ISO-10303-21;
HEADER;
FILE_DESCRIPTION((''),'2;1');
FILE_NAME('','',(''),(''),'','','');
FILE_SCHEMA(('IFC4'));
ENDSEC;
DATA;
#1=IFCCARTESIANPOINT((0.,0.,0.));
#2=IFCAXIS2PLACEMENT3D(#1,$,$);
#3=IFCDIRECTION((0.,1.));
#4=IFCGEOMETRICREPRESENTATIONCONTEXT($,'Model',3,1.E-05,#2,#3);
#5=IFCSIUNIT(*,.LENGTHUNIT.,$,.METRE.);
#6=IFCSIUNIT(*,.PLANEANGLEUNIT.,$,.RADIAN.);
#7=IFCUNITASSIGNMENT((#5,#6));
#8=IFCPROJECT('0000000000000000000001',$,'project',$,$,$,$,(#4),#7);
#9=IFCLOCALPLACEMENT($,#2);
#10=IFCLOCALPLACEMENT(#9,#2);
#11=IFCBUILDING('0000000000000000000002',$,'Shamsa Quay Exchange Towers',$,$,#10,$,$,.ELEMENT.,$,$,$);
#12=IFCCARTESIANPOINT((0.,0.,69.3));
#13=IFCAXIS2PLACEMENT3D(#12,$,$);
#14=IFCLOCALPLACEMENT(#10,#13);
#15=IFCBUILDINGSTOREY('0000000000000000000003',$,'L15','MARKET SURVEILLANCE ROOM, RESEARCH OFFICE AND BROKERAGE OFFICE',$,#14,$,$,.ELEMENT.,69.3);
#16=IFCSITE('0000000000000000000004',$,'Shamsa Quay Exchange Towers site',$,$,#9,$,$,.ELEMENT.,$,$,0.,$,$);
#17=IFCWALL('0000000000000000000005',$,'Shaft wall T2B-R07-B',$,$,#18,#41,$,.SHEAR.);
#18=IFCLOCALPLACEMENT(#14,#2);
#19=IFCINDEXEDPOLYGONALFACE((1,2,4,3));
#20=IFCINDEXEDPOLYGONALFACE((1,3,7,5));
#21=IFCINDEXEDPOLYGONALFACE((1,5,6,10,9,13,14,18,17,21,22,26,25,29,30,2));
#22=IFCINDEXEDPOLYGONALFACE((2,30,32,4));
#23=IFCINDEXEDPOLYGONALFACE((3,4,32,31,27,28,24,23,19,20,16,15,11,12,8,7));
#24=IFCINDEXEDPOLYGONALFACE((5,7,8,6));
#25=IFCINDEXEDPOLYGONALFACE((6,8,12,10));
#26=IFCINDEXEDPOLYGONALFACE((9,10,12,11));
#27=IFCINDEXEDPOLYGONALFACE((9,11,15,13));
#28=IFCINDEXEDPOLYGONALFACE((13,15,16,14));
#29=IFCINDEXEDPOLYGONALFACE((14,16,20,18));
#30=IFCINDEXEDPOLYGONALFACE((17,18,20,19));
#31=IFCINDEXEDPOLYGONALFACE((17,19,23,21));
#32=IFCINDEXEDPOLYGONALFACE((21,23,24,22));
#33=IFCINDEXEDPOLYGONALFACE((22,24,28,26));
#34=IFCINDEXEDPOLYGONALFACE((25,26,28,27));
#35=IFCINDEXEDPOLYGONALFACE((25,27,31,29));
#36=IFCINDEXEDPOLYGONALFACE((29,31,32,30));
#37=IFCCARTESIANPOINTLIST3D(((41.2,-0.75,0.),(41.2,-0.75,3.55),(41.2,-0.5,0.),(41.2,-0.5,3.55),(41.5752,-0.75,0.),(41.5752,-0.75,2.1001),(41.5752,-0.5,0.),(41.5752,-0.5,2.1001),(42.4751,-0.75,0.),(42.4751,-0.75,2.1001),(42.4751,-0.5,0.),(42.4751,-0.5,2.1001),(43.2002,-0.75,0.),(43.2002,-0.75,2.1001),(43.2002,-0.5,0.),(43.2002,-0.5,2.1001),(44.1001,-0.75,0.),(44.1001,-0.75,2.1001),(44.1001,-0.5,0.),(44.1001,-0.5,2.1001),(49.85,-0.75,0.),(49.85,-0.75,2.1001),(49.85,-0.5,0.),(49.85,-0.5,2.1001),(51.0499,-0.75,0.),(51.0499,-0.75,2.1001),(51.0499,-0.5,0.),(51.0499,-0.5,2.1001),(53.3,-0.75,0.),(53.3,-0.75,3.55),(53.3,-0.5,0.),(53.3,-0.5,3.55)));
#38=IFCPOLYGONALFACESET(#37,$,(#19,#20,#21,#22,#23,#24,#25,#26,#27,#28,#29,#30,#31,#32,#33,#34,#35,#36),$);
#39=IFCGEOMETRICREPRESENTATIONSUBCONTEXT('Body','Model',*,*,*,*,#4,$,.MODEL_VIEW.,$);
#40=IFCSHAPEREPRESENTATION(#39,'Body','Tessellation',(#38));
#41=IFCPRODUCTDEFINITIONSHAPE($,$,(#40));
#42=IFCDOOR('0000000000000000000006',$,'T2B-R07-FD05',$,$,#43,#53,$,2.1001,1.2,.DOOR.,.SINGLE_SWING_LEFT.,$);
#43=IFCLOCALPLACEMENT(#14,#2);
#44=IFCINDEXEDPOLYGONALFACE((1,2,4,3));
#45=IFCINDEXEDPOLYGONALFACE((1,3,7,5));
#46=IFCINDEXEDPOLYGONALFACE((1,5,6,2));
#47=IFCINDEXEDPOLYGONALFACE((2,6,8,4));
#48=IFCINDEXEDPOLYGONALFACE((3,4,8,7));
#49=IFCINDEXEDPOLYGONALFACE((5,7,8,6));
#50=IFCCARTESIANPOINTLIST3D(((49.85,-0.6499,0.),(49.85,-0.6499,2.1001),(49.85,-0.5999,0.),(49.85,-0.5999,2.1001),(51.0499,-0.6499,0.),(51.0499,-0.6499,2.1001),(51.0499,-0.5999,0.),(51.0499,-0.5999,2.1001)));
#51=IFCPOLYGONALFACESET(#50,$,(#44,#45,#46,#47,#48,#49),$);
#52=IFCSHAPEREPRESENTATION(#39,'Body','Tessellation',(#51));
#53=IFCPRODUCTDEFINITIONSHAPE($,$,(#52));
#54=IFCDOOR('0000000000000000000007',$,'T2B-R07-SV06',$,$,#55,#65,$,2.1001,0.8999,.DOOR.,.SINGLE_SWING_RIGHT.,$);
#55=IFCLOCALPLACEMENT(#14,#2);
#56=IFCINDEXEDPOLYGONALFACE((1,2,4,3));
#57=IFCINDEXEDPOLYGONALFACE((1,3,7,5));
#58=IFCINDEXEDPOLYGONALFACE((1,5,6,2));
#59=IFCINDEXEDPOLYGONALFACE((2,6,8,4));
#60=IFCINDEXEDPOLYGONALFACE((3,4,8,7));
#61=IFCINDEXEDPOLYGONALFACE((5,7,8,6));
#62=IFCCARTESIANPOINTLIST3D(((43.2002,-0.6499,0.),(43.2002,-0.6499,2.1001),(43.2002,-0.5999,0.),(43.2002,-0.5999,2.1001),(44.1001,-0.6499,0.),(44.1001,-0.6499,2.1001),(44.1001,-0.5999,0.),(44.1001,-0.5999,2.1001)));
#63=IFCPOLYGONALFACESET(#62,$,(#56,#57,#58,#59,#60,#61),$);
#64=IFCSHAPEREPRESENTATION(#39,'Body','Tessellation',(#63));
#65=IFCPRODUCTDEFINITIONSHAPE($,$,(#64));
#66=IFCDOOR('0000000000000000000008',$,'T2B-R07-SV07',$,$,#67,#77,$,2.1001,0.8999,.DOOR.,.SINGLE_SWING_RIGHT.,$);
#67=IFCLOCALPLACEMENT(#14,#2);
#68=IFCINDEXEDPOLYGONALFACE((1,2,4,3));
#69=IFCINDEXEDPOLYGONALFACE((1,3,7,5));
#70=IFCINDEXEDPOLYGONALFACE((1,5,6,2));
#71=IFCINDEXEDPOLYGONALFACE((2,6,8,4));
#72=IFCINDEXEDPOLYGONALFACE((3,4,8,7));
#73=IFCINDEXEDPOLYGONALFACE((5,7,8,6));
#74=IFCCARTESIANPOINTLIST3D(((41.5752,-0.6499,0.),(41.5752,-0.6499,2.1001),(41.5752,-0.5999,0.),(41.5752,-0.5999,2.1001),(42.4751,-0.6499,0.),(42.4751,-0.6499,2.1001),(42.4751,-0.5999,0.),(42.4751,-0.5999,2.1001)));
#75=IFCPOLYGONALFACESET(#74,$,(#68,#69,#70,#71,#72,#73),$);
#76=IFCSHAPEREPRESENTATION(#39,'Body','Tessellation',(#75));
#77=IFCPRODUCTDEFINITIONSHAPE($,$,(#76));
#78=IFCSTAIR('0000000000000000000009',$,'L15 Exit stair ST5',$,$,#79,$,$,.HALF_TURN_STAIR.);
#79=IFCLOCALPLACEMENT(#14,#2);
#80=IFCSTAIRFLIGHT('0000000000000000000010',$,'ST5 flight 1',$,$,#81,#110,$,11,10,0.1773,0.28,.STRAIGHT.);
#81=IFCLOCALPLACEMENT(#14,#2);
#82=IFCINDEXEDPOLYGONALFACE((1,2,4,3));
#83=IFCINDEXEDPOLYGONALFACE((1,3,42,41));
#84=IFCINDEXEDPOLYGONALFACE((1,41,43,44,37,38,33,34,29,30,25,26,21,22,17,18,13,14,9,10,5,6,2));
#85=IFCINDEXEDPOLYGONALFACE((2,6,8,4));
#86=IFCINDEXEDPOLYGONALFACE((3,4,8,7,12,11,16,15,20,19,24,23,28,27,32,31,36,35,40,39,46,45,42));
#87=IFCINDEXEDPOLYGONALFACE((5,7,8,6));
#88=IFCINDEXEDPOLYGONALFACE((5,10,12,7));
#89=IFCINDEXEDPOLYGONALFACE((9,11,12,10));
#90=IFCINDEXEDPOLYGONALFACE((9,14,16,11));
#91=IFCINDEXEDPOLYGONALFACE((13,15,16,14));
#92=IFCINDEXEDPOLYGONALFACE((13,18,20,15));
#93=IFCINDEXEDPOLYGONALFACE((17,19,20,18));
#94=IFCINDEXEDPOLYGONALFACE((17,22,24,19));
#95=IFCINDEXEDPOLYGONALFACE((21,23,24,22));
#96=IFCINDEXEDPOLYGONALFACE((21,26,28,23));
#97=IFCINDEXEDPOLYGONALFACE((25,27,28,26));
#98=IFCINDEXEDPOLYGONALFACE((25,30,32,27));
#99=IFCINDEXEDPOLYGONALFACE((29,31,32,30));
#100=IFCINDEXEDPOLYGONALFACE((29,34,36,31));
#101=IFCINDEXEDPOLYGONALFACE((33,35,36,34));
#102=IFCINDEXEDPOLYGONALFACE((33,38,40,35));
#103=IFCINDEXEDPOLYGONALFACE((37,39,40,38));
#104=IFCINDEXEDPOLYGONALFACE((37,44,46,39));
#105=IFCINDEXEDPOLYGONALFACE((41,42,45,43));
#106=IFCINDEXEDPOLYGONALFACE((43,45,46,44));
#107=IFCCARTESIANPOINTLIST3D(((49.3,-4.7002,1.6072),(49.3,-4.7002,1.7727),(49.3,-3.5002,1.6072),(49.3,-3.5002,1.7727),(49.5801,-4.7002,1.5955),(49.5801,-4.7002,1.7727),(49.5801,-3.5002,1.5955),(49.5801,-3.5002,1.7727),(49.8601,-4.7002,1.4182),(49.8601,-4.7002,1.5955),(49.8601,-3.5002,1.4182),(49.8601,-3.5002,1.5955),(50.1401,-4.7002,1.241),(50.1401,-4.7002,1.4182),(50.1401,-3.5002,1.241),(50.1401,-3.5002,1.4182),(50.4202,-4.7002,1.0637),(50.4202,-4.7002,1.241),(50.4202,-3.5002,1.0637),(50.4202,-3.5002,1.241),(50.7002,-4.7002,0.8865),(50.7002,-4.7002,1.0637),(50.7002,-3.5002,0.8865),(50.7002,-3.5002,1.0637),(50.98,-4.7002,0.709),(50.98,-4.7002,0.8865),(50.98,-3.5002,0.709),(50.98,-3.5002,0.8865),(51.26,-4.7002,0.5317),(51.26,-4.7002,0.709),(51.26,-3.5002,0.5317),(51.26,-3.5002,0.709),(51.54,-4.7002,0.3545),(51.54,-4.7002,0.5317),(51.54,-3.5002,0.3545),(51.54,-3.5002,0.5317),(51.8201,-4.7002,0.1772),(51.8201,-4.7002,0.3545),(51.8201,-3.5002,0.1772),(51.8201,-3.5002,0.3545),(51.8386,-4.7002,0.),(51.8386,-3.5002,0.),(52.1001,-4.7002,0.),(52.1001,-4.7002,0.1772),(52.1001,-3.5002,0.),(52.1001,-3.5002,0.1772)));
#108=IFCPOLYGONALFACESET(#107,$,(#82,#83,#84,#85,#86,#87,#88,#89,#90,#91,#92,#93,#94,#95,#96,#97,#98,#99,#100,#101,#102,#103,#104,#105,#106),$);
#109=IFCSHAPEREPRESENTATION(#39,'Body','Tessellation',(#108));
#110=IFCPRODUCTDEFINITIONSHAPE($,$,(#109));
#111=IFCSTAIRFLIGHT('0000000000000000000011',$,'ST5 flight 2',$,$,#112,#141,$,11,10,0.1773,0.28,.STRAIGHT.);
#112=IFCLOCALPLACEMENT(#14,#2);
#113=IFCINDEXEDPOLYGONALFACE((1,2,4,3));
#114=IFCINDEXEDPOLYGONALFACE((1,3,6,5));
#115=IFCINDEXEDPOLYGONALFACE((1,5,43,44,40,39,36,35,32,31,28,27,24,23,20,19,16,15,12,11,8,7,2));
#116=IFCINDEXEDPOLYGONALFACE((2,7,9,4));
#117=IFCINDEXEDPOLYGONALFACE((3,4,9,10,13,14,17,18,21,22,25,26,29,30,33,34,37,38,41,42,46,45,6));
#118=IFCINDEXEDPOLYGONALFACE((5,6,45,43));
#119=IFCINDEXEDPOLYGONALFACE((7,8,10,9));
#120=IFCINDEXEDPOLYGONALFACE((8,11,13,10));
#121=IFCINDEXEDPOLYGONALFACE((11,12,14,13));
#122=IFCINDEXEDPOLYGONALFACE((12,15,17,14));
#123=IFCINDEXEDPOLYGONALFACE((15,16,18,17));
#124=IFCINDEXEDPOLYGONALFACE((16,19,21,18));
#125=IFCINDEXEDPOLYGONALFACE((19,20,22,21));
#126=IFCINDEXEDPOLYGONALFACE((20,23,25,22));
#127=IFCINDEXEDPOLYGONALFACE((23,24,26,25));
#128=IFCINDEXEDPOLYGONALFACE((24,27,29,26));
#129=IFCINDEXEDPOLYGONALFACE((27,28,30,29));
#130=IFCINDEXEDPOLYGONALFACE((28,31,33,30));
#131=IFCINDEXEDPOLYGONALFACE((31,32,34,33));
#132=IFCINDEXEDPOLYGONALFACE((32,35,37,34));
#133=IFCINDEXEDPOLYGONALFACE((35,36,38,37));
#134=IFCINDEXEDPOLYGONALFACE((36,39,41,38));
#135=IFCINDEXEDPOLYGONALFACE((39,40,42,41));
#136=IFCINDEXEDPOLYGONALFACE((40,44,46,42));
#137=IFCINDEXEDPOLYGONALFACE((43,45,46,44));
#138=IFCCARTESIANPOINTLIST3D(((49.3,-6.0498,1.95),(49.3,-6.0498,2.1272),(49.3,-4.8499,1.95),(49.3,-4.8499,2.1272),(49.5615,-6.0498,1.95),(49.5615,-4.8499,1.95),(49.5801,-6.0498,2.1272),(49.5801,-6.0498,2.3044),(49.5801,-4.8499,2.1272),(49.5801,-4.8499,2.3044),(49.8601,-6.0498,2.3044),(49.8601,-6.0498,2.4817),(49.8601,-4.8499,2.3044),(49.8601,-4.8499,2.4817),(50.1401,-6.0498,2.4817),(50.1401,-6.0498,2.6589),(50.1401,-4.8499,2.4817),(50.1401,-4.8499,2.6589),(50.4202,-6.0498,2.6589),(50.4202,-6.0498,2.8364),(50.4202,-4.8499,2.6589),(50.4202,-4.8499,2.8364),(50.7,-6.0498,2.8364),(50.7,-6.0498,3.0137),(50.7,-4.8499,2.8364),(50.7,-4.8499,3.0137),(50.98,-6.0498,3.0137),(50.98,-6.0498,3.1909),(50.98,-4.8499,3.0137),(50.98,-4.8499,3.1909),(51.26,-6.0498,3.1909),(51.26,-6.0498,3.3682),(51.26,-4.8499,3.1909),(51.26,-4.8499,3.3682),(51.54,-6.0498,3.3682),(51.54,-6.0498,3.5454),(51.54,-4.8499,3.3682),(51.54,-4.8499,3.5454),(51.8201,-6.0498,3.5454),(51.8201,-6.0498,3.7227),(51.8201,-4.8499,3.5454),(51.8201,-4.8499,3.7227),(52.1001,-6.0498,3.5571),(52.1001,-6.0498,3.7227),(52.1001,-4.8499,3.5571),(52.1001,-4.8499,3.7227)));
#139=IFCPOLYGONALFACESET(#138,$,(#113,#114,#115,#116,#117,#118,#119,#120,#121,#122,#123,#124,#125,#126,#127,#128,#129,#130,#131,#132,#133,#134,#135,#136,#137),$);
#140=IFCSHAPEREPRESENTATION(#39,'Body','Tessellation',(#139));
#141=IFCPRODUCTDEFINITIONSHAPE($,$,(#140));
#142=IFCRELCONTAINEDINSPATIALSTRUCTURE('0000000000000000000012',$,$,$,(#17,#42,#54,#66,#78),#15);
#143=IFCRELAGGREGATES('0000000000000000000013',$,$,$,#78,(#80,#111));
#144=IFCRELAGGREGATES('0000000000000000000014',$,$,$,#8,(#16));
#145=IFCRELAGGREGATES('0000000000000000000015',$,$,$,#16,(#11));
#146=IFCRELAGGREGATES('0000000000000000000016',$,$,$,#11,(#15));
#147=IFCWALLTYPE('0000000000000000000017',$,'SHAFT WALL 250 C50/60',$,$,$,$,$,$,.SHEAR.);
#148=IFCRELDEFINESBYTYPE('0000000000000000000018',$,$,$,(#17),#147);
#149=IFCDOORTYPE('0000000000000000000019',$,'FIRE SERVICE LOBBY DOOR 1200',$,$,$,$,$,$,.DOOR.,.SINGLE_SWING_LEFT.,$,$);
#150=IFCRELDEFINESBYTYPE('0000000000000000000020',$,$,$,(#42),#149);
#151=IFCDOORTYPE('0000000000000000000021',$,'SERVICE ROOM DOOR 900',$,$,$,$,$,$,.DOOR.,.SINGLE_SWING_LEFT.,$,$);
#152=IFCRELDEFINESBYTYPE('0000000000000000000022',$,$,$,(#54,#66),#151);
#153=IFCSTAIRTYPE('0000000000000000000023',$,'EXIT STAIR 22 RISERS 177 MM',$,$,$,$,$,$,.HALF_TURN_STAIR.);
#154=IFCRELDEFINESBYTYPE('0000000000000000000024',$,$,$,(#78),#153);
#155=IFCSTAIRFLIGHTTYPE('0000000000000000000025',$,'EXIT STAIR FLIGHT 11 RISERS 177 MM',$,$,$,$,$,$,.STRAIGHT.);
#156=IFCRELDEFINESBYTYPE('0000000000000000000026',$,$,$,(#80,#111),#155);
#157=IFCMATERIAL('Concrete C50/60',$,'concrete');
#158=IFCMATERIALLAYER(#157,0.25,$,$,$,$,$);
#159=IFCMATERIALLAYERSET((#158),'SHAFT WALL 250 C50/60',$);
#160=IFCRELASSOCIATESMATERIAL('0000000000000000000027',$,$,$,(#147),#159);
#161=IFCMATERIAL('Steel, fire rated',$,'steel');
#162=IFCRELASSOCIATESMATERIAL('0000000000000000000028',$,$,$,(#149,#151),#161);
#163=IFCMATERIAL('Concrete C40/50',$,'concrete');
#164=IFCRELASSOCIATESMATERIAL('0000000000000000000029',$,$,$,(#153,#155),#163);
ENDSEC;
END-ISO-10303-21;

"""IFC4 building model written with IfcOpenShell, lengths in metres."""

from ifc_helpers import new_model, si_unit, direction, frame, frame_2d, origin, place, context, subcontext, project, spatial, polyline, rectangle, outline, extrude, material, layer, layer_set, type_object, element, fill, aggregate, save


model = new_model("IFC4")

# Units and contexts
model_context = context("Model", 3, precision=1e-05, world=origin(), true_north=direction((0.0, 1.0)))
body_context = subcontext(model_context, "Body", "Model", "MODEL_VIEW")
ifc_project = project(units=[si_unit("LENGTHUNIT", "METRE"), si_unit("PLANEANGLEUNIT", "RADIAN")], contexts=[model_context])

# Site, building, storey
site_placement = place(None, origin())
site = spatial("IfcSite", under=ifc_project, at=site_placement, Name="Shamsa Quay Exchange Towers site", CompositionType="ELEMENT", RefElevation=0.0)
building_placement = place(site_placement, origin())
building = spatial("IfcBuilding", under=site, at=building_placement, Name="Shamsa Quay Exchange Towers", CompositionType="ELEMENT")
storey_placement = place(building_placement, frame((0.0, 0.0, 69.3)))
storey = spatial("IfcBuildingStorey", under=building, at=storey_placement, Name="L15", Description="MARKET SURVEILLANCE ROOM, RESEARCH OFFICE AND BROKERAGE OFFICE", CompositionType="ELEMENT", Elevation=69.3)

# Shared definitions
ifc_material_1 = material(Name="Steel, fire rated", Category="steel")
ifc_material_2 = material(Name="Concrete C50/60", Category="concrete")
ifc_layer_1 = layer(ifc_material_2, 0.25)
ifc_layer_set_1 = layer_set([ifc_layer_1], Name="SHAFT WALL 250 C50/60")
wall_type_1 = type_object("IfcWallType", Name="SHAFT WALL 250 C50/60", PredefinedType="SHEAR", material=ifc_layer_set_1)

# Wall, openings, doors
wall_1_placement = place(storey_placement, frame((53.3, -0.625, 0.0), z_axis=(0.0, 0.0, 1.0), x_axis=(-1.0, 0.0, 0.0)))
wall_1 = element("IfcWall", 1, at=wall_1_placement, inside=storey, type_object=wall_type_1, Name="Shaft wall T2B-R07-B", PredefinedType="SHEAR", context=body_context, shape_type="SweptSolid", body=[
    extrude(rectangle(XDim=12.1001, YDim=0.25, at=frame_2d((6.05, 0.0))), origin(), (0.0, 0.0, 1.0), 3.55),
])
opening_1_placement = place(wall_1_placement, frame((2.25, 0.0, 0.0)))
opening_1 = element("IfcOpeningElement", 2, at=opening_1_placement, cuts=wall_1, PredefinedType="OPENING", context=body_context, shape_type="SweptSolid", body=[
    extrude(rectangle(XDim=1.2, YDim=2.1001, at=frame_2d((0.6001, 1.05))), frame((0.0, 0.135, 0.0), z_axis=(0.0, -1.0, 0.0), x_axis=(1.0, 0.0, 0.0)), (0.0, 0.0, 1.0), 0.27),
])
opening_2_placement = place(wall_1_placement, frame((9.2, 0.0, 0.0)))
opening_2 = element("IfcOpeningElement", 3, at=opening_2_placement, cuts=wall_1, PredefinedType="OPENING", context=body_context, shape_type="SweptSolid", body=[
    extrude(rectangle(XDim=0.8999, YDim=2.1001, at=frame_2d((0.45, 1.05))), frame((0.0, 0.135, 0.0), z_axis=(0.0, -1.0, 0.0), x_axis=(1.0, 0.0, 0.0)), (0.0, 0.0, 1.0), 0.27),
])
opening_3_placement = place(wall_1_placement, frame((10.825, 0.0, 0.0)))
opening_3 = element("IfcOpeningElement", 4, at=opening_3_placement, cuts=wall_1, PredefinedType="OPENING", context=body_context, shape_type="SweptSolid", body=[
    extrude(rectangle(XDim=0.8999, YDim=2.1001, at=frame_2d((0.45, 1.05))), frame((0.0, 0.135, 0.0), z_axis=(0.0, -1.0, 0.0), x_axis=(1.0, 0.0, 0.0)), (0.0, 0.0, 1.0), 0.27),
])
door_type_1 = type_object("IfcDoorType", Name="FIRE SERVICE LOBBY DOOR 1200", OperationType="SINGLE_SWING_LEFT", PredefinedType="DOOR", material=ifc_material_1)
door_1_placement = place(opening_1_placement, origin())
door_1 = element("IfcDoor", 5, at=door_1_placement, inside=storey, type_object=door_type_1, Name="T2B-R07-FD05", OperationType="SINGLE_SWING_LEFT", OverallHeight=2.1001, OverallWidth=1.2, PredefinedType="DOOR", context=body_context, shape_type="SweptSolid", body=[
    extrude(rectangle(XDim=1.2, YDim=2.1001, at=frame_2d((0.6001, 1.05))), frame((0.0, 0.0249, 0.0), z_axis=(0.0, -1.0, 0.0), x_axis=(1.0, 0.0, 0.0)), (0.0, 0.0, 1.0), 0.05),
])
fill(opening_1, door_1)
door_type_2 = type_object("IfcDoorType", Name="SERVICE ROOM DOOR 900", OperationType="SINGLE_SWING_LEFT", PredefinedType="DOOR", material=ifc_material_1)
door_2_placement = place(opening_2_placement, origin())
door_2 = element("IfcDoor", 6, at=door_2_placement, inside=storey, type_object=door_type_2, Name="T2B-R07-SV06", OperationType="SINGLE_SWING_RIGHT", OverallHeight=2.1001, OverallWidth=0.8999, PredefinedType="DOOR", context=body_context, shape_type="SweptSolid", body=[
    extrude(rectangle(XDim=0.8999, YDim=2.1001, at=frame_2d((0.45, 1.05))), frame((0.0, 0.0249, 0.0), z_axis=(0.0, -1.0, 0.0), x_axis=(1.0, 0.0, 0.0)), (0.0, 0.0, 1.0), 0.05),
])
fill(opening_2, door_2)
door_3_placement = place(opening_3_placement, origin())
door_3 = element("IfcDoor", 7, at=door_3_placement, inside=storey, type_object=door_type_2, Name="T2B-R07-SV07", OperationType="SINGLE_SWING_RIGHT", OverallHeight=2.1001, OverallWidth=0.8999, PredefinedType="DOOR", context=body_context, shape_type="SweptSolid", body=[
    extrude(rectangle(XDim=0.8999, YDim=2.1001, at=frame_2d((0.45, 1.05))), frame((0.0, 0.0249, 0.0), z_axis=(0.0, -1.0, 0.0), x_axis=(1.0, 0.0, 0.0)), (0.0, 0.0, 1.0), 0.05),
])
fill(opening_3, door_3)

# Stair, stair flights
ifc_material_3 = material(Name="Concrete C40/50", Category="concrete")
stair_type = type_object("IfcStairType", Name="EXIT STAIR 22 RISERS 177 MM", PredefinedType="HALF_TURN_STAIR", material=ifc_material_3)
stair_placement = place(storey_placement, origin())
stair = element("IfcStair", 8, at=stair_placement, inside=storey, type_object=stair_type, Name="L15 Exit stair ST5", PredefinedType="HALF_TURN_STAIR")
stair_flight_type = type_object("IfcStairFlightType", Name="EXIT STAIR FLIGHT 11 RISERS 177 MM", PredefinedType="STRAIGHT", material=ifc_material_3)
stair_flight_1_placement = place(storey_placement, frame((52.1001, -4.1001, 0.0), z_axis=(0.0, 0.0, 1.0), x_axis=(-1.0, 0.0, 0.0)))
stair_flight_1 = element("IfcStairFlight", 9, at=stair_flight_1_placement, type_object=stair_flight_type, Name="ST5 flight 1", NumberOfRisers=11, NumberOfTreads=10, PredefinedType="STRAIGHT", RiserHeight=0.1773, TreadLength=0.28, context=body_context, shape_type="SweptSolid", body=[
    extrude(outline(polyline([(0.0, 0.0), (0.0, 0.1772), (0.28, 0.1772), (0.28, 0.3545), (0.5601, 0.3545), (0.5601, 0.5317), (0.8401, 0.5317), (0.8401, 0.709), (1.1201, 0.709), (1.1201, 0.8865), (1.3999, 0.8865), (1.3999, 1.0637), (1.6799, 1.0637), (1.6799, 1.241), (1.96, 1.241), (1.96, 1.4182), (2.24, 1.4182), (2.24, 1.5955), (2.52, 1.5955), (2.52, 1.7727), (2.8, 1.7727), (2.8, 1.95), (2.8, 1.6072), (0.2615, 0.0), (0.0, 0.0)])), frame((0.0, 0.6001, 0.0), z_axis=(0.0, -1.0, 0.0), x_axis=(1.0, 0.0, 0.0)), (0.0, 0.0, 1.0), 1.2),
])
stair_flight_2_placement = place(storey_placement, frame((49.3, -5.45, 1.95)))
stair_flight_2 = element("IfcStairFlight", 10, at=stair_flight_2_placement, type_object=stair_flight_type, Name="ST5 flight 2", NumberOfRisers=11, NumberOfTreads=10, PredefinedType="STRAIGHT", RiserHeight=0.1773, TreadLength=0.28, context=body_context, shape_type="SweptSolid", body=[
    extrude(outline(polyline([(0.0, 0.0), (0.0, 0.1772), (0.28, 0.1772), (0.28, 0.3545), (0.5601, 0.3545), (0.5601, 0.5317), (0.8401, 0.5317), (0.8401, 0.709), (1.1201, 0.709), (1.1201, 0.8865), (1.3999, 0.8865), (1.3999, 1.0637), (1.6799, 1.0637), (1.6799, 1.241), (1.96, 1.241), (1.96, 1.4182), (2.24, 1.4182), (2.24, 1.5955), (2.52, 1.5955), (2.52, 1.7727), (2.8, 1.7727), (2.8, 1.95), (2.8, 1.6072), (0.2615, 0.0), (0.0, 0.0)])), frame((0.0, 0.6001, 0.0), z_axis=(0.0, -1.0, 0.0), x_axis=(1.0, 0.0, 0.0)), (0.0, 0.0, 1.0), 1.2),
])
aggregate(stair, [stair_flight_1, stair_flight_2])

save(model, "model.ifc")
